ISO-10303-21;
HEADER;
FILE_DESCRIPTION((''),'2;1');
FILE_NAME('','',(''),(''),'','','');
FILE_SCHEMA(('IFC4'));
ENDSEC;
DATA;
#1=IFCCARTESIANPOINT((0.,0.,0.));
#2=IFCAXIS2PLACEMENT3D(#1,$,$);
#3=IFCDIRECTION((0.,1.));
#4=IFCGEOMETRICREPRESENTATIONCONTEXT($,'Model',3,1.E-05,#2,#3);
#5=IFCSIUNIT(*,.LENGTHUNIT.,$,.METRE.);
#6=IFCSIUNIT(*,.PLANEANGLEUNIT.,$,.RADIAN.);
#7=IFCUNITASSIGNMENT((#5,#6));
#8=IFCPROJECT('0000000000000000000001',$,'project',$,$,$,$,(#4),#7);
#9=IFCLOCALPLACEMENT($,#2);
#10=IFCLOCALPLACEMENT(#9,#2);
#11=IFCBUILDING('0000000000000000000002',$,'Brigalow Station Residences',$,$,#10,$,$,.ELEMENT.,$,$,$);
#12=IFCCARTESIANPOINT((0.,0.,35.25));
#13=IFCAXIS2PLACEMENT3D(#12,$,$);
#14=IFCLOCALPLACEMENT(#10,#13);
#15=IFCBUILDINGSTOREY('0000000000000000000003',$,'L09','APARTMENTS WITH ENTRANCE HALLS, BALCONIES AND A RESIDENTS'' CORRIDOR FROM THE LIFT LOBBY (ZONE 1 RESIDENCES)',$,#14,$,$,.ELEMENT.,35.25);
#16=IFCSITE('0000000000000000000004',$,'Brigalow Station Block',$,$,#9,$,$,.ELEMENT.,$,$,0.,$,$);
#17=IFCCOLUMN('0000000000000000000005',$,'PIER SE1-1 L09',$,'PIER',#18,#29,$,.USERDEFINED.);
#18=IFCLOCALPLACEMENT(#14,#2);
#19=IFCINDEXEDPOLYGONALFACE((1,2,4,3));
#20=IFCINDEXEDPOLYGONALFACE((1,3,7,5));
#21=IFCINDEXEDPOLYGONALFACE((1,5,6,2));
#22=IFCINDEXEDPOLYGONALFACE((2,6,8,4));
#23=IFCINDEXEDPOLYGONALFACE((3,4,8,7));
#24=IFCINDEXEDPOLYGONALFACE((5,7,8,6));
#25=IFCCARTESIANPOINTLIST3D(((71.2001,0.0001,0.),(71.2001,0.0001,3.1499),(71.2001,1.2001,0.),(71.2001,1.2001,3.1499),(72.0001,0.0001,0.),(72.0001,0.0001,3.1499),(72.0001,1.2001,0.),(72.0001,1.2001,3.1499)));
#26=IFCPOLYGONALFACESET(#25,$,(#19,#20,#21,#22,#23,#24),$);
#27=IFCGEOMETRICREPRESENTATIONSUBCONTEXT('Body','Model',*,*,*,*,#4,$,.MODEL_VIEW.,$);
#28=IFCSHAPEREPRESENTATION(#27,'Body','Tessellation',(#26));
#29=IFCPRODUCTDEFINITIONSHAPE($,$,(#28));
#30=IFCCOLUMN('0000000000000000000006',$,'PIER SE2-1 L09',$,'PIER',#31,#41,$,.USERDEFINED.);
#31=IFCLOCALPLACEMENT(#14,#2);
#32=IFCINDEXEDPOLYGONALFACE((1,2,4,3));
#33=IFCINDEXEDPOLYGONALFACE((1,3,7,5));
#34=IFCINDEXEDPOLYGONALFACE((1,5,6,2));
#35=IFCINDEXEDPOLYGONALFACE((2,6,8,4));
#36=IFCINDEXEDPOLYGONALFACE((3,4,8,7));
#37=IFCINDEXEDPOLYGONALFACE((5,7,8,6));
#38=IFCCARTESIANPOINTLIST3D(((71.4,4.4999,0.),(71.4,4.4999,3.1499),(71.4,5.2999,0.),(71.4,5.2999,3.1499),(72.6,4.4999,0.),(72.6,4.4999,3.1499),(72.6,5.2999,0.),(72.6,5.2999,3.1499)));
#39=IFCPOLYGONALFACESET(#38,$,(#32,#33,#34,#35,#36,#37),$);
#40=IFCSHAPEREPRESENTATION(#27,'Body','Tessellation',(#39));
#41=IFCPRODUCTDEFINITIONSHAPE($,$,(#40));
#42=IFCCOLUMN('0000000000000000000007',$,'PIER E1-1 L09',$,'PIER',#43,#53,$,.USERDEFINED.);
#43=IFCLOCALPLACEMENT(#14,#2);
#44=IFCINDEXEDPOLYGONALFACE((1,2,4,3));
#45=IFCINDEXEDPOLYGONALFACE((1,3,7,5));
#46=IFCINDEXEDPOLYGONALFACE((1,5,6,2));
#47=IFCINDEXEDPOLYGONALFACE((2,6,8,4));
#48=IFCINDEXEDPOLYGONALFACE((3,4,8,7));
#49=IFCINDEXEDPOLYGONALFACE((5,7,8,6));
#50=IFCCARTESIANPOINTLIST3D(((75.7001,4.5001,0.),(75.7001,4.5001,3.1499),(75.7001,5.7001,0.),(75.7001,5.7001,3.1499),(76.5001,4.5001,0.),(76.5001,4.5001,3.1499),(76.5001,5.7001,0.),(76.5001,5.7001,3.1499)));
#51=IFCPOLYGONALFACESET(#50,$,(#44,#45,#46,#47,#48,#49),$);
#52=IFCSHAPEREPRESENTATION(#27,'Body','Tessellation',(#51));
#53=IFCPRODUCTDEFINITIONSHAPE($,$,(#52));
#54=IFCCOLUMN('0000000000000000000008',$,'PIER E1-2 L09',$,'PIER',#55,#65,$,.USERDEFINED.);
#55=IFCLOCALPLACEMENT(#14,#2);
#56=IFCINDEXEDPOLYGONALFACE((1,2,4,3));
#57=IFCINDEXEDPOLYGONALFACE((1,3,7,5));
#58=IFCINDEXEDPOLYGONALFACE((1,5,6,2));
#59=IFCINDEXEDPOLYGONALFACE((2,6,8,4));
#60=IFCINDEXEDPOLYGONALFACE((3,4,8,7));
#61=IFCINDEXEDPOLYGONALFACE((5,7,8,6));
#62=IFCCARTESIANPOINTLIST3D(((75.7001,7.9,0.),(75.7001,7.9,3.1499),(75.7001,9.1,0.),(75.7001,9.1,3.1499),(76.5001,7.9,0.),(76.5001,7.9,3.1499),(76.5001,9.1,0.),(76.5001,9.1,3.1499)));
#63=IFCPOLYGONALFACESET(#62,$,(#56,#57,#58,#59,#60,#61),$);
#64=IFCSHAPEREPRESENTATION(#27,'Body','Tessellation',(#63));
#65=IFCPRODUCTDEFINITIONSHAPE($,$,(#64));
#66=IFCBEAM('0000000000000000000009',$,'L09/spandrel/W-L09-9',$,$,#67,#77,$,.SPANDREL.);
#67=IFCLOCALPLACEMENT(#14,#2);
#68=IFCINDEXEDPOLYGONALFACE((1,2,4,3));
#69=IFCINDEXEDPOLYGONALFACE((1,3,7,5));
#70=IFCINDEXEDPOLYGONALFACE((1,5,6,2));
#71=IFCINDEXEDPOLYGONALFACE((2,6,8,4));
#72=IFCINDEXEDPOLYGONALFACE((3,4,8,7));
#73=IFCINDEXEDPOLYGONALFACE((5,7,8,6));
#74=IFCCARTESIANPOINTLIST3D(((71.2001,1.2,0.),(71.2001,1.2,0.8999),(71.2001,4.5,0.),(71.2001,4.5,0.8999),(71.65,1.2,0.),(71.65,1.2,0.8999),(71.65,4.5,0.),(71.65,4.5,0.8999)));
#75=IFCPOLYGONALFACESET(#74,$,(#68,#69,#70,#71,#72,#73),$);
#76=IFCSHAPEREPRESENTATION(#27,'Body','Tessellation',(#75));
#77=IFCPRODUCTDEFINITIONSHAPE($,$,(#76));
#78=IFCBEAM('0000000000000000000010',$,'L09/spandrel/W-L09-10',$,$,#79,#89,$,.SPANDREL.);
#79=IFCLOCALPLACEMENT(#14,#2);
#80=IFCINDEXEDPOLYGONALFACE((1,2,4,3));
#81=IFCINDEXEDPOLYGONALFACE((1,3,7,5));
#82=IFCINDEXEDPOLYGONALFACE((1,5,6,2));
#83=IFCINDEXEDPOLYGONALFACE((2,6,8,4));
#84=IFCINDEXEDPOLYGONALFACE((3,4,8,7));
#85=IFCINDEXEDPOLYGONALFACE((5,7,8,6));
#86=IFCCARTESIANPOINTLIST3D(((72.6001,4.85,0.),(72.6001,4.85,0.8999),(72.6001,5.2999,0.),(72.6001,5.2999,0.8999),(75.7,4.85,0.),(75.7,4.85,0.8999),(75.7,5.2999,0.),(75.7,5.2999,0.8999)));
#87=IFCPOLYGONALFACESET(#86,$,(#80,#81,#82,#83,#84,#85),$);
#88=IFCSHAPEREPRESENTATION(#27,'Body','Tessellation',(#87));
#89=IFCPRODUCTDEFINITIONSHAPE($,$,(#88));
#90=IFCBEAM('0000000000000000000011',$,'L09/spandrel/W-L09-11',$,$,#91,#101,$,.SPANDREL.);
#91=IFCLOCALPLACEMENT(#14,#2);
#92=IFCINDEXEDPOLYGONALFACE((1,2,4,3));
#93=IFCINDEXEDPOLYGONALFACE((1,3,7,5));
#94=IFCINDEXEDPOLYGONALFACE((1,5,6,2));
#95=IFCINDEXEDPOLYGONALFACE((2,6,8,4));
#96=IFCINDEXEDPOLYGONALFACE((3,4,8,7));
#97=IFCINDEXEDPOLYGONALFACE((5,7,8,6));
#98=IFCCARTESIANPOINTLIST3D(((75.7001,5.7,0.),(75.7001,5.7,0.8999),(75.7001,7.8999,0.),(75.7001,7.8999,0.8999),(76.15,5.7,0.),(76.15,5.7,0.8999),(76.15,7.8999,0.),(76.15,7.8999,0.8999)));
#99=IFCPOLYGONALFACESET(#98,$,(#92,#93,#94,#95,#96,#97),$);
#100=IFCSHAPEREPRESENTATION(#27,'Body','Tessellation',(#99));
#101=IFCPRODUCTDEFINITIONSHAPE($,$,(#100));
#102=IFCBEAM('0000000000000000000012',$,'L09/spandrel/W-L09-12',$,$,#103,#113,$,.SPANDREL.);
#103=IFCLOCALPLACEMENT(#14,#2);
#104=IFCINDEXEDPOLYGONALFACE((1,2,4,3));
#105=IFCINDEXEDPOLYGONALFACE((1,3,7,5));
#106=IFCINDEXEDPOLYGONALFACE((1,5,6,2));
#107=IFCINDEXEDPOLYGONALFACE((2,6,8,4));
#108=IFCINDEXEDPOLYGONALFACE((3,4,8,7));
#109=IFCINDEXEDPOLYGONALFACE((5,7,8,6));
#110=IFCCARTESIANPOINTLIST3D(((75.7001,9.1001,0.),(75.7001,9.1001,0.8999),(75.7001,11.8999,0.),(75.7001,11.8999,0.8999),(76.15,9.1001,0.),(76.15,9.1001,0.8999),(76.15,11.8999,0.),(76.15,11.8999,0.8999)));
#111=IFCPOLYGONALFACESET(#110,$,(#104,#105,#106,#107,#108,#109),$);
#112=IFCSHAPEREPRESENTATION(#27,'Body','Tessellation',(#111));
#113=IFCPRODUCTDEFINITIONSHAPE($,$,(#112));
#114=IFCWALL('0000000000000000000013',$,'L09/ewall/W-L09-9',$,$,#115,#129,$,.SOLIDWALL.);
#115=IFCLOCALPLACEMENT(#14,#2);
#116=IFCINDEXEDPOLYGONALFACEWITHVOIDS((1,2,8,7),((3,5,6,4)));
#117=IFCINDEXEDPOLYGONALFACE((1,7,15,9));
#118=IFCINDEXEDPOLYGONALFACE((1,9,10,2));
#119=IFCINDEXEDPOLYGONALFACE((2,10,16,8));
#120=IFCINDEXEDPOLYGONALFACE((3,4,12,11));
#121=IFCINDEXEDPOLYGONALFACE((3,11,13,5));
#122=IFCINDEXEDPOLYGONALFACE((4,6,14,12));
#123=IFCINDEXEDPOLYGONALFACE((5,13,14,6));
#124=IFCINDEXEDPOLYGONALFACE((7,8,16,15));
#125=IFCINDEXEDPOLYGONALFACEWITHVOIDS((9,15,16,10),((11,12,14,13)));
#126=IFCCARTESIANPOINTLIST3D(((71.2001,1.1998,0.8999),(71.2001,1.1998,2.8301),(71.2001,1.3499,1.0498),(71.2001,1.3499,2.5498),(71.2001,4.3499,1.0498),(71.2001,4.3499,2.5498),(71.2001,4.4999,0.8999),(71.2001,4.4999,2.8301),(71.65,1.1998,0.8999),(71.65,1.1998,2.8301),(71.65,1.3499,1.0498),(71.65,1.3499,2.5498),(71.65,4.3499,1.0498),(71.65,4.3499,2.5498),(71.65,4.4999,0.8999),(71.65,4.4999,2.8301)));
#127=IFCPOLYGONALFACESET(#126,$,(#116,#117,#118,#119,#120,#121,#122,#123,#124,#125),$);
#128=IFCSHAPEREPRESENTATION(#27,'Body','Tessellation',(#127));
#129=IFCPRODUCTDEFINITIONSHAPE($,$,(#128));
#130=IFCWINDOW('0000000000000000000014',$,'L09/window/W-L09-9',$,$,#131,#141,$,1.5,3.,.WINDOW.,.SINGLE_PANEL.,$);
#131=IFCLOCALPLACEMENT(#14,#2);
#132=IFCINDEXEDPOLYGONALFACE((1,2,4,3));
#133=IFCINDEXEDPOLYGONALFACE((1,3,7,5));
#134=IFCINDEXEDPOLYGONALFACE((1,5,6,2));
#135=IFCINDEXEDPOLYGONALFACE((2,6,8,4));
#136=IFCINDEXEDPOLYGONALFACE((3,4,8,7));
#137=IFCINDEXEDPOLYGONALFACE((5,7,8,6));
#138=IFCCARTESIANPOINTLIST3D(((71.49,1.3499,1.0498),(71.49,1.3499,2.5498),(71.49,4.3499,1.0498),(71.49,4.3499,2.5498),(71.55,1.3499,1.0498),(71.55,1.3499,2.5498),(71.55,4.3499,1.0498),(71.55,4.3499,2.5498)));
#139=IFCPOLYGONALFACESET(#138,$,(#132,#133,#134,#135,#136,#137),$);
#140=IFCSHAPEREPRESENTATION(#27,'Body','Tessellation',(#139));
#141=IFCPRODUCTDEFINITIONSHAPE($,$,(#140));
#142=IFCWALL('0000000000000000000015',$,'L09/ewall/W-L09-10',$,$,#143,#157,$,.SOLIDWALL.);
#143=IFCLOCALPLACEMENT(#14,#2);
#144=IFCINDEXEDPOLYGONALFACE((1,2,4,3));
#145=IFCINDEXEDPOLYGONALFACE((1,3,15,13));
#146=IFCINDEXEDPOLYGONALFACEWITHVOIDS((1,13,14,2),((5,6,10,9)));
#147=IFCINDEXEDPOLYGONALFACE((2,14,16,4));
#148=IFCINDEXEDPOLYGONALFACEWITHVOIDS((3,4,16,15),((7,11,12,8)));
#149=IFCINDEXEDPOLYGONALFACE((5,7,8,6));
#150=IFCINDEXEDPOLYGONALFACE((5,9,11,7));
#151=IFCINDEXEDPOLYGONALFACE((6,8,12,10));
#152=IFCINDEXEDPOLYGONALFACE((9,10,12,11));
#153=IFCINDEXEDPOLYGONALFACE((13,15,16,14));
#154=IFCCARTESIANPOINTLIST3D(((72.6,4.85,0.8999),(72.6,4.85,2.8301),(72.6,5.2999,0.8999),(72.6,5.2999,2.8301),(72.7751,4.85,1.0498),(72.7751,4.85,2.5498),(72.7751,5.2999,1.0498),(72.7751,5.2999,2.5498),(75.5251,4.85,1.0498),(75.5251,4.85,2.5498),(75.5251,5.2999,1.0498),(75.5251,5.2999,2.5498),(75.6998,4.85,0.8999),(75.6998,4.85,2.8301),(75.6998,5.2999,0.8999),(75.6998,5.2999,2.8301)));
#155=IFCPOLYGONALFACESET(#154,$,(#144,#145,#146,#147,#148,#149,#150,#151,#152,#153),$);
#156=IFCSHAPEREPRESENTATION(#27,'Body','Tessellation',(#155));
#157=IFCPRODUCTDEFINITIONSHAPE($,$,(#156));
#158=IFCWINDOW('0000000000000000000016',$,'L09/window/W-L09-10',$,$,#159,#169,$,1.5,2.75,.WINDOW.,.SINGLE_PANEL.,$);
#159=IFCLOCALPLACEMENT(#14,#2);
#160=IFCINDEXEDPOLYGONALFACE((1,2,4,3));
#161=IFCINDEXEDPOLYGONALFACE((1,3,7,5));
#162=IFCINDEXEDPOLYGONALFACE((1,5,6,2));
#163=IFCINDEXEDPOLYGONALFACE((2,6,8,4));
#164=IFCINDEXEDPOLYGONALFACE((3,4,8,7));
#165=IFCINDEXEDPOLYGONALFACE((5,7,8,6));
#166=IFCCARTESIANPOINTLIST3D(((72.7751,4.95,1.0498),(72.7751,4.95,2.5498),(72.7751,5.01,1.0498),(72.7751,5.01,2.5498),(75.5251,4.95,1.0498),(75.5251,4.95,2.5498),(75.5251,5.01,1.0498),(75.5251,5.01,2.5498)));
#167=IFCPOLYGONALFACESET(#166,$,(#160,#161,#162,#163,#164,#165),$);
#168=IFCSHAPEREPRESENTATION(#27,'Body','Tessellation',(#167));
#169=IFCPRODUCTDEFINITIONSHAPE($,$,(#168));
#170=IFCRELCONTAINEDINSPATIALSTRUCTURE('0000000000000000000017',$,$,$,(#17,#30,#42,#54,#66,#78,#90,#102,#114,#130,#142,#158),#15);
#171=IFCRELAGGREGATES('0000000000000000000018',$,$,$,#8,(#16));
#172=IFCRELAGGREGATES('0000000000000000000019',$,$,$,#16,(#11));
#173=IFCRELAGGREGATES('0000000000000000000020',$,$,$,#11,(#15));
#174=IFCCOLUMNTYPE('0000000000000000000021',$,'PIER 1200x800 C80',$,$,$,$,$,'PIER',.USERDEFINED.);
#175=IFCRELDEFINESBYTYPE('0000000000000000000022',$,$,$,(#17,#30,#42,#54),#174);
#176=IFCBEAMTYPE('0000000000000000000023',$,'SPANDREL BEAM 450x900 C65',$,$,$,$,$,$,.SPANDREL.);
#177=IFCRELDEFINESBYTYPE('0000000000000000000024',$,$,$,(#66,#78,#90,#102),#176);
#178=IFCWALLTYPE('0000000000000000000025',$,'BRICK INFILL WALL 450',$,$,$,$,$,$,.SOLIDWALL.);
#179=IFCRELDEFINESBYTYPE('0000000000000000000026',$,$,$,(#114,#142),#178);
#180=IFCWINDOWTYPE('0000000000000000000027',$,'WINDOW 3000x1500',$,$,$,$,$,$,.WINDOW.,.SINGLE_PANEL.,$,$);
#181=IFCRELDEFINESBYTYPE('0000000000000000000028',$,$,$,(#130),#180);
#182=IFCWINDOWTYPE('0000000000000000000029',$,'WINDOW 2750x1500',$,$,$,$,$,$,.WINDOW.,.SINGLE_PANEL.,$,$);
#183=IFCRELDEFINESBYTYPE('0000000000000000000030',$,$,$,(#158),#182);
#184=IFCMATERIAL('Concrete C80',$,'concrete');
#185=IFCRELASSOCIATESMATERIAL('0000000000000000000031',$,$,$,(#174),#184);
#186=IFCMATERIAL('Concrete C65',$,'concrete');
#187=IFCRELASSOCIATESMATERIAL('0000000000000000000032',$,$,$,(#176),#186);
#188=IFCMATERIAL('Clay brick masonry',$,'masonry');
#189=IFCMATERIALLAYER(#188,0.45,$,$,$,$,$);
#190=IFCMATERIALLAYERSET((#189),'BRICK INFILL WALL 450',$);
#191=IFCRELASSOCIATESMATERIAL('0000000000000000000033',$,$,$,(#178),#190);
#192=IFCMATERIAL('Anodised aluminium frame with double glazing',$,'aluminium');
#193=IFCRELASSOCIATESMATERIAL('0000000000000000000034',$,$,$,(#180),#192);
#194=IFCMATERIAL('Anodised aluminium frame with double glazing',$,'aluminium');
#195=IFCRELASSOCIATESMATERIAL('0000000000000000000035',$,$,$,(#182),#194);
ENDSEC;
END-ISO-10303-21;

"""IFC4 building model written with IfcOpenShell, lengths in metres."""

from ifc_helpers import new_model, si_unit, direction, frame, frame_2d, origin, origin_2d, place, context, subcontext, project, spatial, rectangle, extrude, material, layer, layer_set, material_profile, profile_set, type_object, element, fill, save


model = new_model("IFC4")

# Units and contexts
model_context = context("Model", 3, precision=1e-05, world=origin(), true_north=direction((0.0, 1.0)))
body_context = subcontext(model_context, "Body", "Model", "MODEL_VIEW")
ifc_project = project(units=[si_unit("LENGTHUNIT", "METRE"), si_unit("PLANEANGLEUNIT", "RADIAN")], contexts=[model_context])

# Site, building, storey
site_placement = place(None, origin())
site = spatial("IfcSite", under=ifc_project, at=site_placement, Name="Brigalow Station Block", CompositionType="ELEMENT", RefElevation=0.0)
building_placement = place(site_placement, origin())
building = spatial("IfcBuilding", under=site, at=building_placement, Name="Brigalow Station Residences", CompositionType="ELEMENT")
storey_placement = place(building_placement, frame((0.0, 0.0, 35.25)))
storey = spatial("IfcBuildingStorey", under=building, at=storey_placement, Name="L09", Description="APARTMENTS WITH ENTRANCE HALLS, BALCONIES AND A RESIDENTS' CORRIDOR FROM THE LIFT LOBBY (ZONE 1 RESIDENCES)", CompositionType="ELEMENT", Elevation=35.25)

# Columns
ifc_material_1 = material(Name="Concrete C80", Category="concrete")
ifc_material_profile_1 = material_profile(ifc_material_1, rectangle(XDim=1.2, YDim=0.8, at=origin_2d()), Name="RC1200x800")
ifc_profile_set_1 = profile_set([ifc_material_profile_1], Name="Concrete C80")
column_type = type_object("IfcColumnType", Name="PIER 1200x800 C80", ElementType="PIER", PredefinedType="USERDEFINED", material=ifc_profile_set_1)
for number, where, z_axis, x_axis, name in (
    (1, (71.6001, 0.6001, 0.0), (0.0, 0.0, 1.0), (0.0, 1.0, 0.0), "PIER SE1-1 L09"),
    (2, (72.0, 4.8999, 0.0), (0.0, 0.0, 1.0), (1.0, 0.0, 0.0), "PIER SE2-1 L09"),
    (3, (76.1001, 5.1001, 0.0), (0.0, 0.0, 1.0), (0.0, 1.0, 0.0), "PIER E1-1 L09"),
    (4, (76.1001, 8.5, 0.0), (0.0, 0.0, 1.0), (0.0, 1.0, 0.0), "PIER E1-2 L09"),
):
    element("IfcColumn", number, at=place(storey_placement, frame(where, z_axis=z_axis, x_axis=x_axis)), inside=storey, type_object=column_type, Name=name, ObjectType="PIER", PredefinedType="USERDEFINED", context=body_context, shape_type="SweptSolid", body=[
        extrude(rectangle(XDim=1.2, YDim=0.8, at=origin_2d()), origin(), (0.0, 0.0, 1.0), 3.1499),
    ])

# Beams
ifc_material_2 = material(Name="Concrete C65", Category="concrete")
ifc_material_profile_2 = material_profile(ifc_material_2, rectangle(XDim=0.45, YDim=0.8999, at=origin_2d()), Name="RC450x900")
ifc_profile_set_2 = profile_set([ifc_material_profile_2], Name="Concrete C65")
beam_type = type_object("IfcBeamType", Name="SPANDREL BEAM 450x900 C65", PredefinedType="SPANDREL", material=ifc_profile_set_2)
beam_1_placement = place(storey_placement, frame((71.425, 1.2, 0.45), z_axis=(0.0, 1.0, 0.0), x_axis=(-1.0, 0.0, 0.0)))
element("IfcBeam", 5, at=beam_1_placement, inside=storey, type_object=beam_type, Name="L09/spandrel/W-L09-9", PredefinedType="SPANDREL", context=body_context, shape_type="SweptSolid", body=[
    extrude(rectangle(XDim=0.45, YDim=0.8999, at=origin_2d()), origin(), (0.0, 0.0, 1.0), 3.3),
])
beam_2_placement = place(storey_placement, frame((72.6001, 5.075, 0.45), z_axis=(1.0, 0.0, 0.0), x_axis=(0.0, 1.0, 0.0)))
element("IfcBeam", 6, at=beam_2_placement, inside=storey, type_object=beam_type, Name="L09/spandrel/W-L09-10", PredefinedType="SPANDREL", context=body_context, shape_type="SweptSolid", body=[
    extrude(rectangle(XDim=0.45, YDim=0.8999, at=origin_2d()), origin(), (0.0, 0.0, 1.0), 3.0999),
])
beam_3_placement = place(storey_placement, frame((75.925, 5.7, 0.45), z_axis=(0.0, 1.0, 0.0), x_axis=(-1.0, 0.0, 0.0)))
element("IfcBeam", 7, at=beam_3_placement, inside=storey, type_object=beam_type, Name="L09/spandrel/W-L09-11", PredefinedType="SPANDREL", context=body_context, shape_type="SweptSolid", body=[
    extrude(rectangle(XDim=0.45, YDim=0.8999, at=origin_2d()), origin(), (0.0, 0.0, 1.0), 2.2),
])
beam_4_placement = place(storey_placement, frame((75.925, 9.1001, 0.45), z_axis=(0.0, 1.0, 0.0), x_axis=(-1.0, 0.0, 0.0)))
element("IfcBeam", 8, at=beam_4_placement, inside=storey, type_object=beam_type, Name="L09/spandrel/W-L09-12", PredefinedType="SPANDREL", context=body_context, shape_type="SweptSolid", body=[
    extrude(rectangle(XDim=0.45, YDim=0.8999, at=origin_2d()), origin(), (0.0, 0.0, 1.0), 2.7998),
])

# Walls, openings, windows
ifc_material_3 = material(Name="Clay brick masonry", Category="masonry")
ifc_layer_1 = layer(ifc_material_3, 0.45)
ifc_layer_set_1 = layer_set([ifc_layer_1], Name="BRICK INFILL WALL 450")
wall_type_1 = type_object("IfcWallType", Name="BRICK INFILL WALL 450", PredefinedType="SOLIDWALL", material=ifc_layer_set_1)
wall_1_placement = place(storey_placement, frame((71.425, 1.2, 0.8999), z_axis=(0.0, 0.0, 1.0), x_axis=(0.0, 1.0, 0.0)))
wall_1 = element("IfcWall", 9, at=wall_1_placement, inside=storey, type_object=wall_type_1, Name="L09/ewall/W-L09-9", PredefinedType="SOLIDWALL", context=body_context, shape_type="SweptSolid", body=[
    extrude(rectangle(XDim=3.3, YDim=0.45, at=frame_2d((1.6499, 0.0))), origin(), (0.0, 0.0, 1.0), 1.9302),
])
opening_1_placement = place(wall_1_placement, frame((0.1499, 0.0, 0.1499)))
opening_1 = element("IfcOpeningElement", 10, at=opening_1_placement, cuts=wall_1, PredefinedType="OPENING", context=body_context, shape_type="SweptSolid", body=[
    extrude(rectangle(XDim=3.0, YDim=1.5, at=frame_2d((1.5, 0.75))), frame((0.0, 0.2349, 0.0), z_axis=(0.0, -1.0, 0.0), x_axis=(1.0, 0.0, 0.0)), (0.0, 0.0, 1.0), 0.47),
])
ifc_material_4 = material(Name="Anodised aluminium frame with double glazing", Category="aluminium")
window_type_1 = type_object("IfcWindowType", Name="WINDOW 3000x1500", PartitioningType="SINGLE_PANEL", PredefinedType="WINDOW", material=ifc_material_4)
window_1_placement = place(opening_1_placement, origin())
window_1 = element("IfcWindow", 11, at=window_1_placement, inside=storey, type_object=window_type_1, Name="L09/window/W-L09-9", OverallHeight=1.5, OverallWidth=3.0, PartitioningType="SINGLE_PANEL", PredefinedType="WINDOW", context=body_context, shape_type="SweptSolid", body=[
    extrude(rectangle(XDim=3.0, YDim=1.5, at=frame_2d((1.5, 0.75))), frame((0.0, -0.0649, 0.0), z_axis=(0.0, -1.0, 0.0), x_axis=(1.0, 0.0, 0.0)), (0.0, 0.0, 1.0), 0.0601),
])
fill(opening_1, window_1)
wall_2_placement = place(storey_placement, frame((72.6001, 5.075, 0.8999), z_axis=(0.0, 0.0, 1.0), x_axis=(1.0, 0.0, 0.0)))
wall_2 = element("IfcWall", 12, at=wall_2_placement, inside=storey, type_object=wall_type_1, Name="L09/ewall/W-L09-10", PredefinedType="SOLIDWALL", context=body_context, shape_type="SweptSolid", body=[
    extrude(rectangle(XDim=3.0999, YDim=0.45, at=frame_2d((1.5498, 0.0))), origin(), (0.0, 0.0, 1.0), 1.9302),
])
opening_2_placement = place(wall_2_placement, frame((0.175, 0.0, 0.1499)))
opening_2 = element("IfcOpeningElement", 13, at=opening_2_placement, cuts=wall_2, PredefinedType="OPENING", context=body_context, shape_type="SweptSolid", body=[
    extrude(rectangle(XDim=2.75, YDim=1.5, at=frame_2d((1.375, 0.75))), frame((0.0, 0.2349, 0.0), z_axis=(0.0, -1.0, 0.0), x_axis=(1.0, 0.0, 0.0)), (0.0, 0.0, 1.0), 0.47),
])
ifc_material_5 = material(Name="Anodised aluminium frame with double glazing", Category="aluminium")
window_type_2 = type_object("IfcWindowType", Name="WINDOW 2750x1500", PartitioningType="SINGLE_PANEL", PredefinedType="WINDOW", material=ifc_material_5)
window_2_placement = place(opening_2_placement, origin())
window_2 = element("IfcWindow", 14, at=window_2_placement, inside=storey, type_object=window_type_2, Name="L09/window/W-L09-10", OverallHeight=1.5, OverallWidth=2.75, PartitioningType="SINGLE_PANEL", PredefinedType="WINDOW", context=body_context, shape_type="SweptSolid", body=[
    extrude(rectangle(XDim=2.75, YDim=1.5, at=frame_2d((1.375, 0.75))), frame((0.0, -0.0649, 0.0), z_axis=(0.0, -1.0, 0.0), x_axis=(1.0, 0.0, 0.0)), (0.0, 0.0, 1.0), 0.0601),
])
fill(opening_2, window_2)

save(model, "model.ifc")
